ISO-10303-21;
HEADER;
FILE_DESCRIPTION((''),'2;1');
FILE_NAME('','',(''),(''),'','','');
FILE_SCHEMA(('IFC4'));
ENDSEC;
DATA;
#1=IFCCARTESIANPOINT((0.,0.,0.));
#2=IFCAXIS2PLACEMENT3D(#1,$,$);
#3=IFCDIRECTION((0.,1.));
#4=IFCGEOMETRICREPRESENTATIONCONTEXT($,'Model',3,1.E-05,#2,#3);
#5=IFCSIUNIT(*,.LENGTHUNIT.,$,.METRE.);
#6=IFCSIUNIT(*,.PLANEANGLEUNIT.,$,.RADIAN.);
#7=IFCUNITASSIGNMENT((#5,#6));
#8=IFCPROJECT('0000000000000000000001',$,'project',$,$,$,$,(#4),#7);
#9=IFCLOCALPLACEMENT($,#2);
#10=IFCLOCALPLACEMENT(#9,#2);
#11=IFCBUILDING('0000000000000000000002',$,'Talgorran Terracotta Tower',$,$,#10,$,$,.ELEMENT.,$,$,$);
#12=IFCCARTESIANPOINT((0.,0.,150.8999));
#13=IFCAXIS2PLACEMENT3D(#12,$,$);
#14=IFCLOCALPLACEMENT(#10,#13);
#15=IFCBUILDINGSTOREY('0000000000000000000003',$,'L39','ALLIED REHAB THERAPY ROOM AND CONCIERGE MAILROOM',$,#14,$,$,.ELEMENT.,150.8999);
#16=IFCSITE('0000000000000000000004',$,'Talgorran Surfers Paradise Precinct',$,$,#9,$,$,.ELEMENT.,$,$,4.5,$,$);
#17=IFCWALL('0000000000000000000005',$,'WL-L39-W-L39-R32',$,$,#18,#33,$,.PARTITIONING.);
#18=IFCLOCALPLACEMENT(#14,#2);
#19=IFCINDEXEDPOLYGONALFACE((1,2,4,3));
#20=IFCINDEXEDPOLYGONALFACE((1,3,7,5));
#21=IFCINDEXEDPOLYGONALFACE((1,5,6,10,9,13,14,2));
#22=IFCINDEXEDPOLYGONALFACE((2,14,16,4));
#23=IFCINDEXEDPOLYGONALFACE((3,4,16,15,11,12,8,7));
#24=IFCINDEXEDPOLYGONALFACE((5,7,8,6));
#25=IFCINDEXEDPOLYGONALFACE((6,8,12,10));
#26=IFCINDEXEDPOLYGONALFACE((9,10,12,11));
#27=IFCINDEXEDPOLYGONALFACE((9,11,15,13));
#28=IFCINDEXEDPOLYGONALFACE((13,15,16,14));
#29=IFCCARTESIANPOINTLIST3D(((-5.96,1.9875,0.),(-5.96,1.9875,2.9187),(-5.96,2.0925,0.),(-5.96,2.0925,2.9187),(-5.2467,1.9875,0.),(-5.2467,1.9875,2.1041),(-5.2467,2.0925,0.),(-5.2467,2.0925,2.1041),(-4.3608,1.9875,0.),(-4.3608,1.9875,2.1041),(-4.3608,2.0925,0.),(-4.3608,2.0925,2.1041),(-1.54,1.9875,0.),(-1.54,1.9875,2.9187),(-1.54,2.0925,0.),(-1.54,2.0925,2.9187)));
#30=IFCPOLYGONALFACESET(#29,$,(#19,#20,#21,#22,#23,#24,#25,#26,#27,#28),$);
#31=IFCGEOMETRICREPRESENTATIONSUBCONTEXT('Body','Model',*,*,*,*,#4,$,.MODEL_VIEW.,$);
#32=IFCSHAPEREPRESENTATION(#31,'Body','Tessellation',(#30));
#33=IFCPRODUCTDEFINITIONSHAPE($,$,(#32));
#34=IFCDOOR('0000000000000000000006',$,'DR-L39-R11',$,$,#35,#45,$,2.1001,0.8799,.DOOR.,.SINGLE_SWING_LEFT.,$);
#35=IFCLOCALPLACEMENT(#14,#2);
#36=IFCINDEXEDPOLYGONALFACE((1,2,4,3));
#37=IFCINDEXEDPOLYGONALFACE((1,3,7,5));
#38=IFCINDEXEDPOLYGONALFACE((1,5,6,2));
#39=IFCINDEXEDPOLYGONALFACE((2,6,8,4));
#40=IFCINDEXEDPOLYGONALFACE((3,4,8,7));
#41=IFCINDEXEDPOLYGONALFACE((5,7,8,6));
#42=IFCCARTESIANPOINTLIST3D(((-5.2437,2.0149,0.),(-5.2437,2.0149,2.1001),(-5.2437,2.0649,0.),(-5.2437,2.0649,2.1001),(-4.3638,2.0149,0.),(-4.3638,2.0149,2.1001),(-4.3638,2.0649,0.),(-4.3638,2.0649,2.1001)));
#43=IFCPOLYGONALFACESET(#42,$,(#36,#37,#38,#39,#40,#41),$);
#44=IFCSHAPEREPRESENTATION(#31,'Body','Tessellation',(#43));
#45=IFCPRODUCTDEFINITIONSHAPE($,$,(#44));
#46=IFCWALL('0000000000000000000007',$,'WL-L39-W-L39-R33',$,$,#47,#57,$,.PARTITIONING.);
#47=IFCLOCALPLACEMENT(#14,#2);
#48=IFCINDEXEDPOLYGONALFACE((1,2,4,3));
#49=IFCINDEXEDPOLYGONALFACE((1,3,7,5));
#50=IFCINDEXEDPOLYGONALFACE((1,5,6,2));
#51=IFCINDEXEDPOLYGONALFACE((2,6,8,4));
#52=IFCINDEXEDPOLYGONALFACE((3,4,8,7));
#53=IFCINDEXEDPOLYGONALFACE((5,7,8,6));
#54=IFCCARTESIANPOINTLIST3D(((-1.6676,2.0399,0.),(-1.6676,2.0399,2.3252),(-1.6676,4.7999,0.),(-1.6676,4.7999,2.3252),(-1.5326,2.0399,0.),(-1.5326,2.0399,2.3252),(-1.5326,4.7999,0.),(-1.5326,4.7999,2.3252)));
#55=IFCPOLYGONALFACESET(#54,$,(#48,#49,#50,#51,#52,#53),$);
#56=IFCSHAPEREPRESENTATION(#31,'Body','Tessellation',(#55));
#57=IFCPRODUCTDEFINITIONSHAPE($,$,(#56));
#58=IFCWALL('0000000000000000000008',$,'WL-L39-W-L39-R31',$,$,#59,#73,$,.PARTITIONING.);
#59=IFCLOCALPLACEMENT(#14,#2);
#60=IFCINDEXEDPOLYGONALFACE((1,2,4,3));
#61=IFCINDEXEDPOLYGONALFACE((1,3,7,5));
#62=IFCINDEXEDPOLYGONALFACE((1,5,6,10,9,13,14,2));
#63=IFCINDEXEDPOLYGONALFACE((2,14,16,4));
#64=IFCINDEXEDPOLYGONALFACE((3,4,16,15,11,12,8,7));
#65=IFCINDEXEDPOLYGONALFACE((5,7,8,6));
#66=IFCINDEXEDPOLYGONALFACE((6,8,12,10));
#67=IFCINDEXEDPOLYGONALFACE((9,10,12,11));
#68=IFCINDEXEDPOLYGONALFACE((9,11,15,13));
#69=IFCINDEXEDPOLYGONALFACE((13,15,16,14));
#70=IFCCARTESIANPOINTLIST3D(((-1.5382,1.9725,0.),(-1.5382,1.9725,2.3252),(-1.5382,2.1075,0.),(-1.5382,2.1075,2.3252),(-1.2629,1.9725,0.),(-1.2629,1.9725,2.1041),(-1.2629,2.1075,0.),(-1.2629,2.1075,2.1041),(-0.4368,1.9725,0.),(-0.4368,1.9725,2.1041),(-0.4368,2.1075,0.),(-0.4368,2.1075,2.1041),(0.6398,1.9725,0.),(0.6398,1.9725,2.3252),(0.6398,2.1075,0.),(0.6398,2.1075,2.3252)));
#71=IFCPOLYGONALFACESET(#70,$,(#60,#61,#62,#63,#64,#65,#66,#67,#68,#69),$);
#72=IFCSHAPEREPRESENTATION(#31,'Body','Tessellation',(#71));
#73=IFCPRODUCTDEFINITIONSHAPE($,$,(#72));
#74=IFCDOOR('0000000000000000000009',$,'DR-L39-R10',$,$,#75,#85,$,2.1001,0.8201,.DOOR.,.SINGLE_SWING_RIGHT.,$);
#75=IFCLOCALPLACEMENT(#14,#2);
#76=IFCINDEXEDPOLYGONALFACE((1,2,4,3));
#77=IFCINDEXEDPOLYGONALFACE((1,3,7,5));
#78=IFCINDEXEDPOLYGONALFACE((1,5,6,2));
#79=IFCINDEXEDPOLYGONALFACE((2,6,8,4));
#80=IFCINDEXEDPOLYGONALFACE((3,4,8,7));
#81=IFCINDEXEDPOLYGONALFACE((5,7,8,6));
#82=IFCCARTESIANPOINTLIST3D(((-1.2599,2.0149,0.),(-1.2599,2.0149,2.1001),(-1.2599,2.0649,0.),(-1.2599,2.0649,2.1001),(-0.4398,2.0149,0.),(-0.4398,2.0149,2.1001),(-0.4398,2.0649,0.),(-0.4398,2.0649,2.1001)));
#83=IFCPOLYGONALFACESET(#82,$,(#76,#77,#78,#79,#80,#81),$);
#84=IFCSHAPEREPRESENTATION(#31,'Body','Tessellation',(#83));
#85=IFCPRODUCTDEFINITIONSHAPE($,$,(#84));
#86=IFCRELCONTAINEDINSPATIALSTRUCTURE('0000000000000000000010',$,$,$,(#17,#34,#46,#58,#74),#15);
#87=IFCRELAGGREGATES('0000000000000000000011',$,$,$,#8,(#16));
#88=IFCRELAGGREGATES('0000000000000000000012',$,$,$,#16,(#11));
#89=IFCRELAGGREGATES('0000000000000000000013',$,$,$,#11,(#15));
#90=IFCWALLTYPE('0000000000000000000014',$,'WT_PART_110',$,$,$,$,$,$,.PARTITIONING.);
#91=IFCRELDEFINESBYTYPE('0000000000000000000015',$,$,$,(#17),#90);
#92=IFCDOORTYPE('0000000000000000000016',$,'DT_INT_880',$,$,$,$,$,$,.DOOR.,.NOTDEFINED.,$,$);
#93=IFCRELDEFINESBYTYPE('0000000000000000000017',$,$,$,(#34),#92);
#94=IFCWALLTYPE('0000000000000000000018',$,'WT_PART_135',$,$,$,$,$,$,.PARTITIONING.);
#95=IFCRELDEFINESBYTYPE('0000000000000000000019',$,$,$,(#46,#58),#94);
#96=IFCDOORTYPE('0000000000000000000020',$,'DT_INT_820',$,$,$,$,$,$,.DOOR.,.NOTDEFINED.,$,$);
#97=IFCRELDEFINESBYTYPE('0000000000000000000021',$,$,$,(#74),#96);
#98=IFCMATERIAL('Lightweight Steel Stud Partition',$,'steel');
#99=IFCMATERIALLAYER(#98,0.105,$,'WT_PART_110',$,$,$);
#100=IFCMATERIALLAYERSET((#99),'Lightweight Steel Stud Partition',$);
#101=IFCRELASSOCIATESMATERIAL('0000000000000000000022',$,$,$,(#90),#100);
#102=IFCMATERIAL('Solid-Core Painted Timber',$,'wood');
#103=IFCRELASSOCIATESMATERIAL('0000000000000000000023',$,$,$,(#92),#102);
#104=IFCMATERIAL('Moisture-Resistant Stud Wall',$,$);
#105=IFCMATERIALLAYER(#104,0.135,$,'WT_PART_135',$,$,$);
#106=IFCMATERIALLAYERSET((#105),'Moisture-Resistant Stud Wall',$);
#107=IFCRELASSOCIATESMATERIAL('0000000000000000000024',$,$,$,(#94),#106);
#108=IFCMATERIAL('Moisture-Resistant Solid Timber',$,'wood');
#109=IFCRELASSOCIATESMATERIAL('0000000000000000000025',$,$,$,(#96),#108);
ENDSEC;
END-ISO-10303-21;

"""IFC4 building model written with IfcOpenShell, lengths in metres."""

from ifc_helpers import new_model, si_unit, direction, frame, frame_2d, origin, place, context, subcontext, project, spatial, rectangle, extrude, material, layer, layer_set, type_object, element, fill, save


model = new_model("IFC4")

# Units and contexts
model_context = context("Model", 3, precision=1e-05, world=origin(), true_north=direction((0.0, 1.0)))
body_context = subcontext(model_context, "Body", "Model", "MODEL_VIEW")
ifc_project = project(units=[si_unit("LENGTHUNIT", "METRE"), si_unit("PLANEANGLEUNIT", "RADIAN")], contexts=[model_context])

# Site, building, storey
site_placement = place(None, origin())
site = spatial("IfcSite", under=ifc_project, at=site_placement, Name="Talgorran Surfers Paradise Precinct", CompositionType="ELEMENT", RefElevation=4.5)
building_placement = place(site_placement, origin())
building = spatial("IfcBuilding", under=site, at=building_placement, Name="Talgorran Terracotta Tower", CompositionType="ELEMENT")
storey_placement = place(building_placement, frame((0.0, 0.0, 150.8999)))
storey = spatial("IfcBuildingStorey", under=building, at=storey_placement, Name="L39", Description="ALLIED REHAB THERAPY ROOM AND CONCIERGE MAILROOM", CompositionType="ELEMENT", Elevation=150.8999)

# Wall, opening, door
ifc_material_1 = material(Name="Lightweight Steel Stud Partition", Category="steel")
ifc_layer_1 = layer(ifc_material_1, 0.105, Name="WT_PART_110")
ifc_layer_set_1 = layer_set([ifc_layer_1], Name="Lightweight Steel Stud Partition")
wall_type_1 = type_object("IfcWallType", Name="WT_PART_110", PredefinedType="PARTITIONING", material=ifc_layer_set_1)
wall_1_placement = place(storey_placement, frame((-5.96, 2.04, 0.0), z_axis=(0.0, 0.0, 1.0), x_axis=(1.0, 0.0, 0.0)))
wall_1 = element("IfcWall", 1, at=wall_1_placement, inside=storey, type_object=wall_type_1, Name="WL-L39-W-L39-R32", PredefinedType="PARTITIONING", context=body_context, shape_type="SweptSolid", body=[
    extrude(rectangle(XDim=4.4199, YDim=0.105, at=frame_2d((2.21, 0.0))), origin(), (0.0, 0.0, 1.0), 2.9187),
])
opening_1_placement = place(wall_1_placement, frame((0.7163, 0.0, 0.0)))
opening_1 = element("IfcOpeningElement", 2, at=opening_1_placement, cuts=wall_1, PredefinedType="OPENING", context=body_context, shape_type="SweptSolid", body=[
    extrude(rectangle(XDim=0.8859, YDim=2.1041, at=frame_2d((0.4399, 1.052))), frame((0.0, 0.0625, 0.0), z_axis=(0.0, -1.0, 0.0), x_axis=(1.0, 0.0, 0.0)), (0.0, 0.0, 1.0), 0.125),
])
ifc_material_2 = material(Name="Solid-Core Painted Timber", Category="wood")
door_type_1 = type_object("IfcDoorType", Name="DT_INT_880", OperationType="NOTDEFINED", PredefinedType="DOOR", material=ifc_material_2)
door_1_placement = place(opening_1_placement, origin())
door_1 = element("IfcDoor", 3, at=door_1_placement, inside=storey, type_object=door_type_1, Name="DR-L39-R11", OperationType="SINGLE_SWING_LEFT", OverallHeight=2.1001, OverallWidth=0.8799, PredefinedType="DOOR", context=body_context, shape_type="SweptSolid", body=[
    extrude(rectangle(XDim=0.8799, YDim=2.1001, at=frame_2d((0.4399, 1.05))), frame((0.0, 0.0249, 0.0), z_axis=(0.0, -1.0, 0.0), x_axis=(1.0, 0.0, 0.0)), (0.0, 0.0, 1.0), 0.05),
])
fill(opening_1, door_1)

# Wall
ifc_material_3 = material(Name="Moisture-Resistant Stud Wall")
ifc_layer_2 = layer(ifc_material_3, 0.135, Name="WT_PART_135")
ifc_layer_set_2 = layer_set([ifc_layer_2], Name="Moisture-Resistant Stud Wall")
wall_type_2 = type_object("IfcWallType", Name="WT_PART_135", PredefinedType="PARTITIONING", material=ifc_layer_set_2)
wall_2_placement = place(storey_placement, frame((-1.6001, 2.04, 0.0), z_axis=(0.0, 0.0, 1.0), x_axis=(0.0, 1.0, 0.0)))
element("IfcWall", 4, at=wall_2_placement, inside=storey, type_object=wall_type_2, Name="WL-L39-W-L39-R33", PredefinedType="PARTITIONING", context=body_context, shape_type="SweptSolid", body=[
    extrude(rectangle(XDim=2.76, YDim=0.135, at=frame_2d((1.3799, 0.0))), origin(), (0.0, 0.0, 1.0), 2.3252),
])

# Wall, opening, door
wall_3_placement = place(storey_placement, frame((-1.5381, 2.04, 0.0), z_axis=(0.0, 0.0, 1.0), x_axis=(1.0, 0.0, 0.0)))
wall_3 = element("IfcWall", 5, at=wall_3_placement, inside=storey, type_object=wall_type_2, Name="WL-L39-W-L39-R31", PredefinedType="PARTITIONING", context=body_context, shape_type="SweptSolid", body=[
    extrude(rectangle(XDim=2.178, YDim=0.135, at=frame_2d((1.0889, 0.0))), origin(), (0.0, 0.0, 1.0), 2.3252),
])
opening_2_placement = place(wall_3_placement, frame((0.2781, 0.0, 0.0)))
opening_2 = element("IfcOpeningElement", 6, at=opening_2_placement, cuts=wall_3, PredefinedType="OPENING", context=body_context, shape_type="SweptSolid", body=[
    extrude(rectangle(XDim=0.8261, YDim=2.1041, at=frame_2d((0.4102, 1.052))), frame((0.0, 0.0776, 0.0), z_axis=(0.0, -1.0, 0.0), x_axis=(1.0, 0.0, 0.0)), (0.0, 0.0, 1.0), 0.155),
])
ifc_material_4 = material(Name="Moisture-Resistant Solid Timber", Category="wood")
door_type_2 = type_object("IfcDoorType", Name="DT_INT_820", OperationType="NOTDEFINED", PredefinedType="DOOR", material=ifc_material_4)
door_2_placement = place(opening_2_placement, origin())
door_2 = element("IfcDoor", 7, at=door_2_placement, inside=storey, type_object=door_type_2, Name="DR-L39-R10", OperationType="SINGLE_SWING_RIGHT", OverallHeight=2.1001, OverallWidth=0.8201, PredefinedType="DOOR", context=body_context, shape_type="SweptSolid", body=[
    extrude(rectangle(XDim=0.8201, YDim=2.1001, at=frame_2d((0.4102, 1.05))), frame((0.0, 0.0249, 0.0), z_axis=(0.0, -1.0, 0.0), x_axis=(1.0, 0.0, 0.0)), (0.0, 0.0, 1.0), 0.05),
])
fill(opening_2, door_2)

save(model, "model.ifc")
